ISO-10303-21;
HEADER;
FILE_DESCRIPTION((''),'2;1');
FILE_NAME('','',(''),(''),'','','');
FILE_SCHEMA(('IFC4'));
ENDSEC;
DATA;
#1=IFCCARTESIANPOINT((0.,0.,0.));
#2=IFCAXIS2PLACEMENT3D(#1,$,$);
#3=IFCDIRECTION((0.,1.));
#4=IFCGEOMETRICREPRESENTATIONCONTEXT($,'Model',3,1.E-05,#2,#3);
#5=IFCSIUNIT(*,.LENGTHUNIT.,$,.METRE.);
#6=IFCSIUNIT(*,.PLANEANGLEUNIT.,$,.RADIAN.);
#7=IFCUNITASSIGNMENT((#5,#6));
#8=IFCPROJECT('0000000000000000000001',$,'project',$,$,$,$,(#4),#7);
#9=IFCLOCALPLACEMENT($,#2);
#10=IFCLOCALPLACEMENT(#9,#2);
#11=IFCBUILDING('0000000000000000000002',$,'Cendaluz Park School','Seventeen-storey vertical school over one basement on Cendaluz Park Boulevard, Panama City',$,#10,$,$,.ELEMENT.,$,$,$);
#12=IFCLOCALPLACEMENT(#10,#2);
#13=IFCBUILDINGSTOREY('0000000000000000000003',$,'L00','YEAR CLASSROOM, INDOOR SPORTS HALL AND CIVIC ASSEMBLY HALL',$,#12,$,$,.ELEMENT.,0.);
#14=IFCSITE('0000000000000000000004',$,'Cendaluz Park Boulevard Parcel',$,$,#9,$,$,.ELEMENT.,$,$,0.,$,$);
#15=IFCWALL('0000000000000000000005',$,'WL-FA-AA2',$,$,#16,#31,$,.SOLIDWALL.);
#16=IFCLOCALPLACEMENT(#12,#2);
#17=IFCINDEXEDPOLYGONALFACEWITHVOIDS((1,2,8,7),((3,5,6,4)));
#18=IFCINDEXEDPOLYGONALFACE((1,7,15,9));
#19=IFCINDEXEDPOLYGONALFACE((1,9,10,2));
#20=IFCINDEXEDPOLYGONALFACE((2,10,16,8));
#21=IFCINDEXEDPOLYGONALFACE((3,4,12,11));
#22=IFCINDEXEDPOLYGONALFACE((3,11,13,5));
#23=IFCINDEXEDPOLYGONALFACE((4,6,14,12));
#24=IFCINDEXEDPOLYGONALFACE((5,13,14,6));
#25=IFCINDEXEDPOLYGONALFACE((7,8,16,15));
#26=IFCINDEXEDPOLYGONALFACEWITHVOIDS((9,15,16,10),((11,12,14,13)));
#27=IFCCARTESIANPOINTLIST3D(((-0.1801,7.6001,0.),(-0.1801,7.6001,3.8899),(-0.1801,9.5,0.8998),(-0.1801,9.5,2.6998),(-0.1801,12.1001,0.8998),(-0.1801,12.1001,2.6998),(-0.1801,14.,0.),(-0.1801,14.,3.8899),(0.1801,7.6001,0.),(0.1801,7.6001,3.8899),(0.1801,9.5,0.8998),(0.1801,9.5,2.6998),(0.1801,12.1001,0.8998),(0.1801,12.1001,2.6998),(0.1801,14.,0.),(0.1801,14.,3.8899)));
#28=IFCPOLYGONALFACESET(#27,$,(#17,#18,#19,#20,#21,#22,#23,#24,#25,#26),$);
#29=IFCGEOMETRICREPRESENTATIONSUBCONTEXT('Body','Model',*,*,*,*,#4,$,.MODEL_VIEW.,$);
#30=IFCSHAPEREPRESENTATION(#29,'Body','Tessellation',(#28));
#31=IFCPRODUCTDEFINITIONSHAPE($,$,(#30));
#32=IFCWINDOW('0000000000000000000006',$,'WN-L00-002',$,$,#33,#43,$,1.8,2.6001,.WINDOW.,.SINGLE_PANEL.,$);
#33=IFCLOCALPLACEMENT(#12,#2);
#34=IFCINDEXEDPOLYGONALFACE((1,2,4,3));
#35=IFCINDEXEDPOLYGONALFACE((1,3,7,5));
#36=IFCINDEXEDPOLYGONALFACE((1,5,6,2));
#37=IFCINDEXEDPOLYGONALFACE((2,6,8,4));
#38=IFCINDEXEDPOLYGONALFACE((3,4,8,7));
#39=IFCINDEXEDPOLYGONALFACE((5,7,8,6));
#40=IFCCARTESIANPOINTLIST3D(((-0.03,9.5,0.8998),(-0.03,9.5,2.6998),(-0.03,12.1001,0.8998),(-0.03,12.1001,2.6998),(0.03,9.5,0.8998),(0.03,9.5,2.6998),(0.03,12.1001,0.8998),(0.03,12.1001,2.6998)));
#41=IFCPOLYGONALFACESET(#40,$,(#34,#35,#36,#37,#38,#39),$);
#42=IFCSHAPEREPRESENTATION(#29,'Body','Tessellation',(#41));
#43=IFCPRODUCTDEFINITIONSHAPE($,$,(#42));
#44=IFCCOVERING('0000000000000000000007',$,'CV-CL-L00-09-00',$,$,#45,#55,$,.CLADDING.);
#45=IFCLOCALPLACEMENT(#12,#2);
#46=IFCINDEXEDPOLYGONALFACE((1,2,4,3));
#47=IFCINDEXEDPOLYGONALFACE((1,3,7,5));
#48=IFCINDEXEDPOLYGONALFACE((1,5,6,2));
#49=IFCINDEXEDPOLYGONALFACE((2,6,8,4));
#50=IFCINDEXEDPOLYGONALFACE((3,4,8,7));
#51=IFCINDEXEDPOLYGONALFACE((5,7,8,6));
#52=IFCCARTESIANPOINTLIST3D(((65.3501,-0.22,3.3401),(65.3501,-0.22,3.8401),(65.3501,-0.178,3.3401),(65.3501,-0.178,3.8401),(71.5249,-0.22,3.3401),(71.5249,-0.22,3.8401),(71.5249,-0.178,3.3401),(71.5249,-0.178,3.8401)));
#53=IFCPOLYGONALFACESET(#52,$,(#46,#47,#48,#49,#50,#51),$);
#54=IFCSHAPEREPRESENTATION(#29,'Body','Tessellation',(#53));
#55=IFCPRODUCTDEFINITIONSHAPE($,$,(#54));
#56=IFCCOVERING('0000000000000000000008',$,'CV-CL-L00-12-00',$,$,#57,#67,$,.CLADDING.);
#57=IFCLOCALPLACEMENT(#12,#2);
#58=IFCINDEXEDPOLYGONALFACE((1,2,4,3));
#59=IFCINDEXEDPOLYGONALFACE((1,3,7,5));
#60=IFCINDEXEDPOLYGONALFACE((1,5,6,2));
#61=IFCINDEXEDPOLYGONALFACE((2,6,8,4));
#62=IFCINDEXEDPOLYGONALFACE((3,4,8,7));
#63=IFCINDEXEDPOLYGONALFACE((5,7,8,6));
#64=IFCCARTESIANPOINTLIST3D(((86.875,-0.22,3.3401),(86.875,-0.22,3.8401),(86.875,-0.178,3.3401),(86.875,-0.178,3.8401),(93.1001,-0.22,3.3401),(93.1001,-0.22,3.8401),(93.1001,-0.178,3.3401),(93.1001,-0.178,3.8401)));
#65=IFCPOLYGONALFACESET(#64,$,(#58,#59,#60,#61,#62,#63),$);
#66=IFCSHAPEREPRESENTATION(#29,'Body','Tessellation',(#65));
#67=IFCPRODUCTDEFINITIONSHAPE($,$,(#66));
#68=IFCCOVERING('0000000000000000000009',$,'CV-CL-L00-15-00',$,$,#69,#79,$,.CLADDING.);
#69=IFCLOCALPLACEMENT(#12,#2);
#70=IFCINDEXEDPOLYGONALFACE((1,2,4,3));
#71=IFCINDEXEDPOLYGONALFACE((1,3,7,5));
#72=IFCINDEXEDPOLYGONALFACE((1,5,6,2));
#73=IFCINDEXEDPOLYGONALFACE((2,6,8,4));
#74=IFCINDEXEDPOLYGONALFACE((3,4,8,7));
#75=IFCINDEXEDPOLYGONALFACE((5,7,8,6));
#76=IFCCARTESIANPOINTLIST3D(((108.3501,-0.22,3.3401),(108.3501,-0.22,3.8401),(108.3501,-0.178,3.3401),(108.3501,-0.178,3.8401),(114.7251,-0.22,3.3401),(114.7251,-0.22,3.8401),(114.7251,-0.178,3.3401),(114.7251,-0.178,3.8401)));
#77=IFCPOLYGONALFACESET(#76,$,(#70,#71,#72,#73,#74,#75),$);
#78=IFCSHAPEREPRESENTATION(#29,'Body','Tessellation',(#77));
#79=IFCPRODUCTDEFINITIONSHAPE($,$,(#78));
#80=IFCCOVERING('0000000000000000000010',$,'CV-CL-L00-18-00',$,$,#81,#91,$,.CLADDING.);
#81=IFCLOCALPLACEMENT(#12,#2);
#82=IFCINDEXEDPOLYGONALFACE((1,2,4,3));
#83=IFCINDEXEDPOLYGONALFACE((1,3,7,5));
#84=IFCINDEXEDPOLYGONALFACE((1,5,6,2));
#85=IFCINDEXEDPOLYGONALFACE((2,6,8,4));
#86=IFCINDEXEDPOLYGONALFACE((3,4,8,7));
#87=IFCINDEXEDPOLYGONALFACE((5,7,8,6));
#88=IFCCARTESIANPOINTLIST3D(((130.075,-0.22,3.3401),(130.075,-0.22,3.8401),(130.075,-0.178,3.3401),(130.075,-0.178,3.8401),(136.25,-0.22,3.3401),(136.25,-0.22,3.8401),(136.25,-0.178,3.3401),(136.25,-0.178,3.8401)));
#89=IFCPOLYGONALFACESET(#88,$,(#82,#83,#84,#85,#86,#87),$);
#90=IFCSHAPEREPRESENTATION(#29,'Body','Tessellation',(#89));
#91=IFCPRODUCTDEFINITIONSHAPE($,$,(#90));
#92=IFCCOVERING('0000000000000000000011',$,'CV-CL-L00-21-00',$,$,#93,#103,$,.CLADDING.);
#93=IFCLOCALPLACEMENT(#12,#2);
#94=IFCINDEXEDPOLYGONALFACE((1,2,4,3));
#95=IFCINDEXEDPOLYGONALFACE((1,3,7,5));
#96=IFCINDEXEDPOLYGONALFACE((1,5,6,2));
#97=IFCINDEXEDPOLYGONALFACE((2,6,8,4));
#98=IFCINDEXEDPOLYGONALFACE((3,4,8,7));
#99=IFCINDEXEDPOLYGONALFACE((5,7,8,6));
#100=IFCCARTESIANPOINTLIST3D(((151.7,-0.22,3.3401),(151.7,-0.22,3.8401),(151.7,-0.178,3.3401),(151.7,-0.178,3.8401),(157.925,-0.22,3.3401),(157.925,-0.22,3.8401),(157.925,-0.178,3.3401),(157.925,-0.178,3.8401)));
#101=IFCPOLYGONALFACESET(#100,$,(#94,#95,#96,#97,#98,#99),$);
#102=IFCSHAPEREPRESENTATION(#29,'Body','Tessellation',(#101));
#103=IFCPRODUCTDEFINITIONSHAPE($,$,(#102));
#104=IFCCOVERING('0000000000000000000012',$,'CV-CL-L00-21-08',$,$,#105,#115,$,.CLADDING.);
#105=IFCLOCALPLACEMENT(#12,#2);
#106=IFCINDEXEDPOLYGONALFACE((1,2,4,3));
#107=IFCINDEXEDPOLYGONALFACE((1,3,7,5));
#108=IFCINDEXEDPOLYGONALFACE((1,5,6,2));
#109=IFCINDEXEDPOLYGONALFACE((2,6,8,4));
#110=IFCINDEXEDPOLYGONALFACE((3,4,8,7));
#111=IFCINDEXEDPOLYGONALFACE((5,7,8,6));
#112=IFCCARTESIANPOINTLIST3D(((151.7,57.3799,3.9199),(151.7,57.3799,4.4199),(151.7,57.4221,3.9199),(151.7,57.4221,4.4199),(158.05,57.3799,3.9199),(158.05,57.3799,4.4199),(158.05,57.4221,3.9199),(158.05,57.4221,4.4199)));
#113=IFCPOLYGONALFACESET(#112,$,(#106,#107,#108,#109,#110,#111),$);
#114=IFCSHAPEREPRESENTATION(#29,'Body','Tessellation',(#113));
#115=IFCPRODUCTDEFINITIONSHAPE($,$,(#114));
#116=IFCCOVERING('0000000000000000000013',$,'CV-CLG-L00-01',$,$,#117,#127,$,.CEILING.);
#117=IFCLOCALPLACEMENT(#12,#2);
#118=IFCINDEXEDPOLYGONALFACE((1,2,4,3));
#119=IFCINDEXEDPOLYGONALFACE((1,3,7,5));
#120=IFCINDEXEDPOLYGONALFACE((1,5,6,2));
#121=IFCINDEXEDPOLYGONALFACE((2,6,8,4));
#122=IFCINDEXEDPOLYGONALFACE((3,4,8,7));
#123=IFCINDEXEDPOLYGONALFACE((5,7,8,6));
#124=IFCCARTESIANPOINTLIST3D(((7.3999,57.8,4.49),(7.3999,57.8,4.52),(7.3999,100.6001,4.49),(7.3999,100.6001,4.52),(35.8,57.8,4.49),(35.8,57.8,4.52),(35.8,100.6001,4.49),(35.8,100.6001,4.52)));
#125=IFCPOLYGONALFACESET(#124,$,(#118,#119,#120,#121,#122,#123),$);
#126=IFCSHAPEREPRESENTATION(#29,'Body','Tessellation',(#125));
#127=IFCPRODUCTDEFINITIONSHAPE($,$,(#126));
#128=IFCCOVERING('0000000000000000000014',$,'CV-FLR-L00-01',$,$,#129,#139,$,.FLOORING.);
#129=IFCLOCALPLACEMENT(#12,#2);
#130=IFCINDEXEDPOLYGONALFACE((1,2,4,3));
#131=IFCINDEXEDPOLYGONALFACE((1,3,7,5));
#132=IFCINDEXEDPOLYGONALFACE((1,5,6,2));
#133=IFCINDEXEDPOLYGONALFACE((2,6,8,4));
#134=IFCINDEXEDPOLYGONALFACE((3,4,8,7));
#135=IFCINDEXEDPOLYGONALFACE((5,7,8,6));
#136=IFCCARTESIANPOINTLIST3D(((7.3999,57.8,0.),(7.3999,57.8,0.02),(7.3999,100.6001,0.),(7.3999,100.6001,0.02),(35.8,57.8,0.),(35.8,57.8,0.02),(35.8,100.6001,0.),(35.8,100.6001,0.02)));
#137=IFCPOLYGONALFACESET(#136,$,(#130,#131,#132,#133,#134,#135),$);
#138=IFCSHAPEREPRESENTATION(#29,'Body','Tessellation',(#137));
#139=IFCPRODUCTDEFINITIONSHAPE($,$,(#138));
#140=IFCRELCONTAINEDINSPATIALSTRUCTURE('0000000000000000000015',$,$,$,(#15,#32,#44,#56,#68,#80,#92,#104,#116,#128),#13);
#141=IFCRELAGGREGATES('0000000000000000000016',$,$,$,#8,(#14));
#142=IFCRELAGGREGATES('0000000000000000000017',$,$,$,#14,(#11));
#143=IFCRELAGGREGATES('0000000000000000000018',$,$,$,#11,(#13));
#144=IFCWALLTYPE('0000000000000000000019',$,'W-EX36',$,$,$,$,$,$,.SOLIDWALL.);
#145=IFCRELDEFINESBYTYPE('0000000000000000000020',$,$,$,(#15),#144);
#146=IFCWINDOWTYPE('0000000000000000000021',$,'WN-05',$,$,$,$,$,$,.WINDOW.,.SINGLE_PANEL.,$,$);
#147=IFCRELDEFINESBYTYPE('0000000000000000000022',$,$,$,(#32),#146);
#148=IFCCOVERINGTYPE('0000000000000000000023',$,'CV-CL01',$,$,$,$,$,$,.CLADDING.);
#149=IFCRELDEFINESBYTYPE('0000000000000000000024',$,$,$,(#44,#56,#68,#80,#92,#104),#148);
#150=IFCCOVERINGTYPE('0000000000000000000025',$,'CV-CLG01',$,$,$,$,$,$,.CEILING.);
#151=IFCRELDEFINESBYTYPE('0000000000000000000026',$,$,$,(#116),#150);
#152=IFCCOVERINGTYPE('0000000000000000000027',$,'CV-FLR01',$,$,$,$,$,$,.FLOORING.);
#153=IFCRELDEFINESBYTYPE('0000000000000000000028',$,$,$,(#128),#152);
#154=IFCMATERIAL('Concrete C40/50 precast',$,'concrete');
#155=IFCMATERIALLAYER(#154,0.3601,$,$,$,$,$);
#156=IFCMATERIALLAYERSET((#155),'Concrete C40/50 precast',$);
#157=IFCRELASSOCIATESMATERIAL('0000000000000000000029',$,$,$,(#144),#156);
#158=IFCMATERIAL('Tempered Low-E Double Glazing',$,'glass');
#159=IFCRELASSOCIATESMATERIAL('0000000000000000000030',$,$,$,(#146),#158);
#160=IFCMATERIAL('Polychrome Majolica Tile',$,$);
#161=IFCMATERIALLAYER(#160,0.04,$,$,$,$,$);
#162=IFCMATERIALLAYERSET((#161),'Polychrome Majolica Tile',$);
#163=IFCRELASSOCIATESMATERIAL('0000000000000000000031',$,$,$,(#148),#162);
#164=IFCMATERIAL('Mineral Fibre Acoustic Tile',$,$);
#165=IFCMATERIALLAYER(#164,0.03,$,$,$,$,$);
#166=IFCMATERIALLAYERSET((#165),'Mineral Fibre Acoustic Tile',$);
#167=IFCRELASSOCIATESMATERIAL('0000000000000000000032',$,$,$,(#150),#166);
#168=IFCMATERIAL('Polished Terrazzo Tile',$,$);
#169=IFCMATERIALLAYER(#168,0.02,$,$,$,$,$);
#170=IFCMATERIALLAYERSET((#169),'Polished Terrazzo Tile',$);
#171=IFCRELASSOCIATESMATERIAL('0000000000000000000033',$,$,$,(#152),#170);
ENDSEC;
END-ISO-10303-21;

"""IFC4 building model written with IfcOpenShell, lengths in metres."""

from ifc_helpers import new_model, si_unit, direction, frame, frame_2d, origin, place, context, subcontext, project, spatial, polyline, rectangle, outline, extrude, material, layer, layer_set, type_object, element, fill, save


model = new_model("IFC4")

# Units and contexts
model_context = context("Model", 3, precision=1e-05, world=origin(), true_north=direction((0.0, 1.0)))
body_context = subcontext(model_context, "Body", "Model", "MODEL_VIEW")
ifc_project = project(units=[si_unit("LENGTHUNIT", "METRE"), si_unit("PLANEANGLEUNIT", "RADIAN")], contexts=[model_context])

# Site, building, storey
site_placement = place(None, origin())
site = spatial("IfcSite", under=ifc_project, at=site_placement, Name="Cendaluz Park Boulevard Parcel", CompositionType="ELEMENT", RefElevation=0.0)
building_placement = place(site_placement, origin())
building = spatial("IfcBuilding", under=site, at=building_placement, Name="Cendaluz Park School", Description="Seventeen-storey vertical school over one basement on Cendaluz Park Boulevard, Panama City", CompositionType="ELEMENT")
storey_placement = place(building_placement, origin())
storey = spatial("IfcBuildingStorey", under=building, at=storey_placement, Name="L00", Description="YEAR CLASSROOM, INDOOR SPORTS HALL AND CIVIC ASSEMBLY HALL", CompositionType="ELEMENT", Elevation=0.0)

# Shared definitions
ifc_material_1 = material(Name="Concrete C40/50 precast", Category="concrete")
ifc_layer_1 = layer(ifc_material_1, 0.3601)
ifc_layer_set_1 = layer_set([ifc_layer_1], Name="Concrete C40/50 precast")
wall_type = type_object("IfcWallType", Name="W-EX36", PredefinedType="SOLIDWALL", material=ifc_layer_set_1)

# Wall, opening, window
wall_1_placement = place(storey_placement, frame((0.0, 7.6001, 0.0), z_axis=(0.0, 0.0, 1.0), x_axis=(0.0, 1.0, 0.0)))
wall_1 = element("IfcWall", 1, at=wall_1_placement, inside=storey, type_object=wall_type, Name="WL-FA-AA2", PredefinedType="SOLIDWALL", context=body_context, shape_type="SweptSolid", body=[
    extrude(rectangle(XDim=6.3999, YDim=0.3601, at=frame_2d((3.2, 0.0))), origin(), (0.0, 0.0, 1.0), 3.8899),
])
opening_1_placement = place(wall_1_placement, frame((1.8999, 0.0, 0.8999)))
opening_1 = element("IfcOpeningElement", 2, at=opening_1_placement, cuts=wall_1, PredefinedType="OPENING", context=body_context, shape_type="SweptSolid", body=[
    extrude(rectangle(XDim=2.6001, YDim=1.8, at=frame_2d((1.3, 0.8999))), frame((0.0, 0.1921, 0.0), z_axis=(0.0, -1.0, 0.0), x_axis=(1.0, 0.0, 0.0)), (0.0, 0.0, 1.0), 0.384),
])
ifc_material_2 = material(Name="Tempered Low-E Double Glazing", Category="glass")
window_type = type_object("IfcWindowType", Name="WN-05", PartitioningType="SINGLE_PANEL", PredefinedType="WINDOW", material=ifc_material_2)
window_placement = place(opening_1_placement, origin())
window = element("IfcWindow", 3, at=window_placement, inside=storey, type_object=window_type, Name="WN-L00-002", OverallHeight=1.8, OverallWidth=2.6001, PartitioningType="SINGLE_PANEL", PredefinedType="WINDOW", context=body_context, shape_type="SweptSolid", body=[
    extrude(rectangle(XDim=2.6001, YDim=1.8, at=frame_2d((1.3, 0.8999))), frame((0.0, 0.03, 0.0), z_axis=(0.0, -1.0, 0.0), x_axis=(1.0, 0.0, 0.0)), (0.0, 0.0, 1.0), 0.0601),
])
fill(opening_1, window)

# Coverings
ifc_material_3 = material(Name="Polychrome Majolica Tile")
ifc_layer_2 = layer(ifc_material_3, 0.04)
ifc_layer_set_2 = layer_set([ifc_layer_2], Name="Polychrome Majolica Tile")
covering_type_1 = type_object("IfcCoveringType", Name="CV-CL01", PredefinedType="CLADDING", material=ifc_layer_set_2)
covering_1_placement = place(storey_placement, frame((0.0, 0.0, 3.3401)))
element("IfcCovering", 4, at=covering_1_placement, inside=storey, type_object=covering_type_1, Name="CV-CL-L00-09-00", PredefinedType="CLADDING", context=body_context, shape_type="SweptSolid", body=[
    extrude(outline(polyline([(65.3501, -0.22), (71.5249, -0.22), (71.5249, -0.178), (65.3501, -0.178), (65.3501, -0.22)])), origin(), (0.0, 0.0, 1.0), 0.5),
])
covering_2_placement = place(storey_placement, frame((0.0, 0.0, 3.3401)))
element("IfcCovering", 5, at=covering_2_placement, inside=storey, type_object=covering_type_1, Name="CV-CL-L00-12-00", PredefinedType="CLADDING", context=body_context, shape_type="SweptSolid", body=[
    extrude(outline(polyline([(86.875, -0.22), (93.1001, -0.22), (93.1001, -0.178), (86.875, -0.178), (86.875, -0.22)])), origin(), (0.0, 0.0, 1.0), 0.5),
])
covering_3_placement = place(storey_placement, frame((0.0, 0.0, 3.3401)))
element("IfcCovering", 6, at=covering_3_placement, inside=storey, type_object=covering_type_1, Name="CV-CL-L00-15-00", PredefinedType="CLADDING", context=body_context, shape_type="SweptSolid", body=[
    extrude(outline(polyline([(108.3501, -0.22), (114.7251, -0.22), (114.7251, -0.178), (108.3501, -0.178), (108.3501, -0.22)])), origin(), (0.0, 0.0, 1.0), 0.5),
])
covering_4_placement = place(storey_placement, frame((0.0, 0.0, 3.3401)))
element("IfcCovering", 7, at=covering_4_placement, inside=storey, type_object=covering_type_1, Name="CV-CL-L00-18-00", PredefinedType="CLADDING", context=body_context, shape_type="SweptSolid", body=[
    extrude(outline(polyline([(130.075, -0.22), (136.25, -0.22), (136.25, -0.178), (130.075, -0.178), (130.075, -0.22)])), origin(), (0.0, 0.0, 1.0), 0.5),
])
covering_5_placement = place(storey_placement, frame((0.0, 0.0, 3.3401)))
element("IfcCovering", 8, at=covering_5_placement, inside=storey, type_object=covering_type_1, Name="CV-CL-L00-21-00", PredefinedType="CLADDING", context=body_context, shape_type="SweptSolid", body=[
    extrude(outline(polyline([(151.7, -0.22), (157.925, -0.22), (157.925, -0.178), (151.7, -0.178), (151.7, -0.22)])), origin(), (0.0, 0.0, 1.0), 0.5),
])
covering_6_placement = place(storey_placement, frame((0.0, 0.0, 3.9199)))
element("IfcCovering", 9, at=covering_6_placement, inside=storey, type_object=covering_type_1, Name="CV-CL-L00-21-08", PredefinedType="CLADDING", context=body_context, shape_type="SweptSolid", body=[
    extrude(outline(polyline([(151.7, 57.3799), (158.05, 57.3799), (158.05, 57.4221), (151.7, 57.4221), (151.7, 57.3799)])), origin(), (0.0, 0.0, 1.0), 0.5),
])
ifc_material_4 = material(Name="Mineral Fibre Acoustic Tile")
ifc_layer_3 = layer(ifc_material_4, 0.03)
ifc_layer_set_3 = layer_set([ifc_layer_3], Name="Mineral Fibre Acoustic Tile")
covering_type_2 = type_object("IfcCoveringType", Name="CV-CLG01", PredefinedType="CEILING", material=ifc_layer_set_3)
covering_7_placement = place(storey_placement, frame((0.0, 0.0, 4.49)))
element("IfcCovering", 10, at=covering_7_placement, inside=storey, type_object=covering_type_2, Name="CV-CLG-L00-01", PredefinedType="CEILING", context=body_context, shape_type="SweptSolid", body=[
    extrude(outline(polyline([(7.3999, 57.8), (35.8, 57.8), (35.8, 100.6001), (7.3999, 100.6001), (7.3999, 57.8)])), origin(), (0.0, 0.0, 1.0), 0.03),
])
ifc_material_5 = material(Name="Polished Terrazzo Tile")
ifc_layer_4 = layer(ifc_material_5, 0.02)
ifc_layer_set_4 = layer_set([ifc_layer_4], Name="Polished Terrazzo Tile")
covering_type_3 = type_object("IfcCoveringType", Name="CV-FLR01", PredefinedType="FLOORING", material=ifc_layer_set_4)
covering_8_placement = place(storey_placement, origin())
element("IfcCovering", 11, at=covering_8_placement, inside=storey, type_object=covering_type_3, Name="CV-FLR-L00-01", PredefinedType="FLOORING", context=body_context, shape_type="SweptSolid", body=[
    extrude(outline(polyline([(7.3999, 57.8), (35.8, 57.8), (35.8, 100.6001), (7.3999, 100.6001), (7.3999, 57.8)])), origin(), (0.0, 0.0, 1.0), 0.02),
])

save(model, "model.ifc")
